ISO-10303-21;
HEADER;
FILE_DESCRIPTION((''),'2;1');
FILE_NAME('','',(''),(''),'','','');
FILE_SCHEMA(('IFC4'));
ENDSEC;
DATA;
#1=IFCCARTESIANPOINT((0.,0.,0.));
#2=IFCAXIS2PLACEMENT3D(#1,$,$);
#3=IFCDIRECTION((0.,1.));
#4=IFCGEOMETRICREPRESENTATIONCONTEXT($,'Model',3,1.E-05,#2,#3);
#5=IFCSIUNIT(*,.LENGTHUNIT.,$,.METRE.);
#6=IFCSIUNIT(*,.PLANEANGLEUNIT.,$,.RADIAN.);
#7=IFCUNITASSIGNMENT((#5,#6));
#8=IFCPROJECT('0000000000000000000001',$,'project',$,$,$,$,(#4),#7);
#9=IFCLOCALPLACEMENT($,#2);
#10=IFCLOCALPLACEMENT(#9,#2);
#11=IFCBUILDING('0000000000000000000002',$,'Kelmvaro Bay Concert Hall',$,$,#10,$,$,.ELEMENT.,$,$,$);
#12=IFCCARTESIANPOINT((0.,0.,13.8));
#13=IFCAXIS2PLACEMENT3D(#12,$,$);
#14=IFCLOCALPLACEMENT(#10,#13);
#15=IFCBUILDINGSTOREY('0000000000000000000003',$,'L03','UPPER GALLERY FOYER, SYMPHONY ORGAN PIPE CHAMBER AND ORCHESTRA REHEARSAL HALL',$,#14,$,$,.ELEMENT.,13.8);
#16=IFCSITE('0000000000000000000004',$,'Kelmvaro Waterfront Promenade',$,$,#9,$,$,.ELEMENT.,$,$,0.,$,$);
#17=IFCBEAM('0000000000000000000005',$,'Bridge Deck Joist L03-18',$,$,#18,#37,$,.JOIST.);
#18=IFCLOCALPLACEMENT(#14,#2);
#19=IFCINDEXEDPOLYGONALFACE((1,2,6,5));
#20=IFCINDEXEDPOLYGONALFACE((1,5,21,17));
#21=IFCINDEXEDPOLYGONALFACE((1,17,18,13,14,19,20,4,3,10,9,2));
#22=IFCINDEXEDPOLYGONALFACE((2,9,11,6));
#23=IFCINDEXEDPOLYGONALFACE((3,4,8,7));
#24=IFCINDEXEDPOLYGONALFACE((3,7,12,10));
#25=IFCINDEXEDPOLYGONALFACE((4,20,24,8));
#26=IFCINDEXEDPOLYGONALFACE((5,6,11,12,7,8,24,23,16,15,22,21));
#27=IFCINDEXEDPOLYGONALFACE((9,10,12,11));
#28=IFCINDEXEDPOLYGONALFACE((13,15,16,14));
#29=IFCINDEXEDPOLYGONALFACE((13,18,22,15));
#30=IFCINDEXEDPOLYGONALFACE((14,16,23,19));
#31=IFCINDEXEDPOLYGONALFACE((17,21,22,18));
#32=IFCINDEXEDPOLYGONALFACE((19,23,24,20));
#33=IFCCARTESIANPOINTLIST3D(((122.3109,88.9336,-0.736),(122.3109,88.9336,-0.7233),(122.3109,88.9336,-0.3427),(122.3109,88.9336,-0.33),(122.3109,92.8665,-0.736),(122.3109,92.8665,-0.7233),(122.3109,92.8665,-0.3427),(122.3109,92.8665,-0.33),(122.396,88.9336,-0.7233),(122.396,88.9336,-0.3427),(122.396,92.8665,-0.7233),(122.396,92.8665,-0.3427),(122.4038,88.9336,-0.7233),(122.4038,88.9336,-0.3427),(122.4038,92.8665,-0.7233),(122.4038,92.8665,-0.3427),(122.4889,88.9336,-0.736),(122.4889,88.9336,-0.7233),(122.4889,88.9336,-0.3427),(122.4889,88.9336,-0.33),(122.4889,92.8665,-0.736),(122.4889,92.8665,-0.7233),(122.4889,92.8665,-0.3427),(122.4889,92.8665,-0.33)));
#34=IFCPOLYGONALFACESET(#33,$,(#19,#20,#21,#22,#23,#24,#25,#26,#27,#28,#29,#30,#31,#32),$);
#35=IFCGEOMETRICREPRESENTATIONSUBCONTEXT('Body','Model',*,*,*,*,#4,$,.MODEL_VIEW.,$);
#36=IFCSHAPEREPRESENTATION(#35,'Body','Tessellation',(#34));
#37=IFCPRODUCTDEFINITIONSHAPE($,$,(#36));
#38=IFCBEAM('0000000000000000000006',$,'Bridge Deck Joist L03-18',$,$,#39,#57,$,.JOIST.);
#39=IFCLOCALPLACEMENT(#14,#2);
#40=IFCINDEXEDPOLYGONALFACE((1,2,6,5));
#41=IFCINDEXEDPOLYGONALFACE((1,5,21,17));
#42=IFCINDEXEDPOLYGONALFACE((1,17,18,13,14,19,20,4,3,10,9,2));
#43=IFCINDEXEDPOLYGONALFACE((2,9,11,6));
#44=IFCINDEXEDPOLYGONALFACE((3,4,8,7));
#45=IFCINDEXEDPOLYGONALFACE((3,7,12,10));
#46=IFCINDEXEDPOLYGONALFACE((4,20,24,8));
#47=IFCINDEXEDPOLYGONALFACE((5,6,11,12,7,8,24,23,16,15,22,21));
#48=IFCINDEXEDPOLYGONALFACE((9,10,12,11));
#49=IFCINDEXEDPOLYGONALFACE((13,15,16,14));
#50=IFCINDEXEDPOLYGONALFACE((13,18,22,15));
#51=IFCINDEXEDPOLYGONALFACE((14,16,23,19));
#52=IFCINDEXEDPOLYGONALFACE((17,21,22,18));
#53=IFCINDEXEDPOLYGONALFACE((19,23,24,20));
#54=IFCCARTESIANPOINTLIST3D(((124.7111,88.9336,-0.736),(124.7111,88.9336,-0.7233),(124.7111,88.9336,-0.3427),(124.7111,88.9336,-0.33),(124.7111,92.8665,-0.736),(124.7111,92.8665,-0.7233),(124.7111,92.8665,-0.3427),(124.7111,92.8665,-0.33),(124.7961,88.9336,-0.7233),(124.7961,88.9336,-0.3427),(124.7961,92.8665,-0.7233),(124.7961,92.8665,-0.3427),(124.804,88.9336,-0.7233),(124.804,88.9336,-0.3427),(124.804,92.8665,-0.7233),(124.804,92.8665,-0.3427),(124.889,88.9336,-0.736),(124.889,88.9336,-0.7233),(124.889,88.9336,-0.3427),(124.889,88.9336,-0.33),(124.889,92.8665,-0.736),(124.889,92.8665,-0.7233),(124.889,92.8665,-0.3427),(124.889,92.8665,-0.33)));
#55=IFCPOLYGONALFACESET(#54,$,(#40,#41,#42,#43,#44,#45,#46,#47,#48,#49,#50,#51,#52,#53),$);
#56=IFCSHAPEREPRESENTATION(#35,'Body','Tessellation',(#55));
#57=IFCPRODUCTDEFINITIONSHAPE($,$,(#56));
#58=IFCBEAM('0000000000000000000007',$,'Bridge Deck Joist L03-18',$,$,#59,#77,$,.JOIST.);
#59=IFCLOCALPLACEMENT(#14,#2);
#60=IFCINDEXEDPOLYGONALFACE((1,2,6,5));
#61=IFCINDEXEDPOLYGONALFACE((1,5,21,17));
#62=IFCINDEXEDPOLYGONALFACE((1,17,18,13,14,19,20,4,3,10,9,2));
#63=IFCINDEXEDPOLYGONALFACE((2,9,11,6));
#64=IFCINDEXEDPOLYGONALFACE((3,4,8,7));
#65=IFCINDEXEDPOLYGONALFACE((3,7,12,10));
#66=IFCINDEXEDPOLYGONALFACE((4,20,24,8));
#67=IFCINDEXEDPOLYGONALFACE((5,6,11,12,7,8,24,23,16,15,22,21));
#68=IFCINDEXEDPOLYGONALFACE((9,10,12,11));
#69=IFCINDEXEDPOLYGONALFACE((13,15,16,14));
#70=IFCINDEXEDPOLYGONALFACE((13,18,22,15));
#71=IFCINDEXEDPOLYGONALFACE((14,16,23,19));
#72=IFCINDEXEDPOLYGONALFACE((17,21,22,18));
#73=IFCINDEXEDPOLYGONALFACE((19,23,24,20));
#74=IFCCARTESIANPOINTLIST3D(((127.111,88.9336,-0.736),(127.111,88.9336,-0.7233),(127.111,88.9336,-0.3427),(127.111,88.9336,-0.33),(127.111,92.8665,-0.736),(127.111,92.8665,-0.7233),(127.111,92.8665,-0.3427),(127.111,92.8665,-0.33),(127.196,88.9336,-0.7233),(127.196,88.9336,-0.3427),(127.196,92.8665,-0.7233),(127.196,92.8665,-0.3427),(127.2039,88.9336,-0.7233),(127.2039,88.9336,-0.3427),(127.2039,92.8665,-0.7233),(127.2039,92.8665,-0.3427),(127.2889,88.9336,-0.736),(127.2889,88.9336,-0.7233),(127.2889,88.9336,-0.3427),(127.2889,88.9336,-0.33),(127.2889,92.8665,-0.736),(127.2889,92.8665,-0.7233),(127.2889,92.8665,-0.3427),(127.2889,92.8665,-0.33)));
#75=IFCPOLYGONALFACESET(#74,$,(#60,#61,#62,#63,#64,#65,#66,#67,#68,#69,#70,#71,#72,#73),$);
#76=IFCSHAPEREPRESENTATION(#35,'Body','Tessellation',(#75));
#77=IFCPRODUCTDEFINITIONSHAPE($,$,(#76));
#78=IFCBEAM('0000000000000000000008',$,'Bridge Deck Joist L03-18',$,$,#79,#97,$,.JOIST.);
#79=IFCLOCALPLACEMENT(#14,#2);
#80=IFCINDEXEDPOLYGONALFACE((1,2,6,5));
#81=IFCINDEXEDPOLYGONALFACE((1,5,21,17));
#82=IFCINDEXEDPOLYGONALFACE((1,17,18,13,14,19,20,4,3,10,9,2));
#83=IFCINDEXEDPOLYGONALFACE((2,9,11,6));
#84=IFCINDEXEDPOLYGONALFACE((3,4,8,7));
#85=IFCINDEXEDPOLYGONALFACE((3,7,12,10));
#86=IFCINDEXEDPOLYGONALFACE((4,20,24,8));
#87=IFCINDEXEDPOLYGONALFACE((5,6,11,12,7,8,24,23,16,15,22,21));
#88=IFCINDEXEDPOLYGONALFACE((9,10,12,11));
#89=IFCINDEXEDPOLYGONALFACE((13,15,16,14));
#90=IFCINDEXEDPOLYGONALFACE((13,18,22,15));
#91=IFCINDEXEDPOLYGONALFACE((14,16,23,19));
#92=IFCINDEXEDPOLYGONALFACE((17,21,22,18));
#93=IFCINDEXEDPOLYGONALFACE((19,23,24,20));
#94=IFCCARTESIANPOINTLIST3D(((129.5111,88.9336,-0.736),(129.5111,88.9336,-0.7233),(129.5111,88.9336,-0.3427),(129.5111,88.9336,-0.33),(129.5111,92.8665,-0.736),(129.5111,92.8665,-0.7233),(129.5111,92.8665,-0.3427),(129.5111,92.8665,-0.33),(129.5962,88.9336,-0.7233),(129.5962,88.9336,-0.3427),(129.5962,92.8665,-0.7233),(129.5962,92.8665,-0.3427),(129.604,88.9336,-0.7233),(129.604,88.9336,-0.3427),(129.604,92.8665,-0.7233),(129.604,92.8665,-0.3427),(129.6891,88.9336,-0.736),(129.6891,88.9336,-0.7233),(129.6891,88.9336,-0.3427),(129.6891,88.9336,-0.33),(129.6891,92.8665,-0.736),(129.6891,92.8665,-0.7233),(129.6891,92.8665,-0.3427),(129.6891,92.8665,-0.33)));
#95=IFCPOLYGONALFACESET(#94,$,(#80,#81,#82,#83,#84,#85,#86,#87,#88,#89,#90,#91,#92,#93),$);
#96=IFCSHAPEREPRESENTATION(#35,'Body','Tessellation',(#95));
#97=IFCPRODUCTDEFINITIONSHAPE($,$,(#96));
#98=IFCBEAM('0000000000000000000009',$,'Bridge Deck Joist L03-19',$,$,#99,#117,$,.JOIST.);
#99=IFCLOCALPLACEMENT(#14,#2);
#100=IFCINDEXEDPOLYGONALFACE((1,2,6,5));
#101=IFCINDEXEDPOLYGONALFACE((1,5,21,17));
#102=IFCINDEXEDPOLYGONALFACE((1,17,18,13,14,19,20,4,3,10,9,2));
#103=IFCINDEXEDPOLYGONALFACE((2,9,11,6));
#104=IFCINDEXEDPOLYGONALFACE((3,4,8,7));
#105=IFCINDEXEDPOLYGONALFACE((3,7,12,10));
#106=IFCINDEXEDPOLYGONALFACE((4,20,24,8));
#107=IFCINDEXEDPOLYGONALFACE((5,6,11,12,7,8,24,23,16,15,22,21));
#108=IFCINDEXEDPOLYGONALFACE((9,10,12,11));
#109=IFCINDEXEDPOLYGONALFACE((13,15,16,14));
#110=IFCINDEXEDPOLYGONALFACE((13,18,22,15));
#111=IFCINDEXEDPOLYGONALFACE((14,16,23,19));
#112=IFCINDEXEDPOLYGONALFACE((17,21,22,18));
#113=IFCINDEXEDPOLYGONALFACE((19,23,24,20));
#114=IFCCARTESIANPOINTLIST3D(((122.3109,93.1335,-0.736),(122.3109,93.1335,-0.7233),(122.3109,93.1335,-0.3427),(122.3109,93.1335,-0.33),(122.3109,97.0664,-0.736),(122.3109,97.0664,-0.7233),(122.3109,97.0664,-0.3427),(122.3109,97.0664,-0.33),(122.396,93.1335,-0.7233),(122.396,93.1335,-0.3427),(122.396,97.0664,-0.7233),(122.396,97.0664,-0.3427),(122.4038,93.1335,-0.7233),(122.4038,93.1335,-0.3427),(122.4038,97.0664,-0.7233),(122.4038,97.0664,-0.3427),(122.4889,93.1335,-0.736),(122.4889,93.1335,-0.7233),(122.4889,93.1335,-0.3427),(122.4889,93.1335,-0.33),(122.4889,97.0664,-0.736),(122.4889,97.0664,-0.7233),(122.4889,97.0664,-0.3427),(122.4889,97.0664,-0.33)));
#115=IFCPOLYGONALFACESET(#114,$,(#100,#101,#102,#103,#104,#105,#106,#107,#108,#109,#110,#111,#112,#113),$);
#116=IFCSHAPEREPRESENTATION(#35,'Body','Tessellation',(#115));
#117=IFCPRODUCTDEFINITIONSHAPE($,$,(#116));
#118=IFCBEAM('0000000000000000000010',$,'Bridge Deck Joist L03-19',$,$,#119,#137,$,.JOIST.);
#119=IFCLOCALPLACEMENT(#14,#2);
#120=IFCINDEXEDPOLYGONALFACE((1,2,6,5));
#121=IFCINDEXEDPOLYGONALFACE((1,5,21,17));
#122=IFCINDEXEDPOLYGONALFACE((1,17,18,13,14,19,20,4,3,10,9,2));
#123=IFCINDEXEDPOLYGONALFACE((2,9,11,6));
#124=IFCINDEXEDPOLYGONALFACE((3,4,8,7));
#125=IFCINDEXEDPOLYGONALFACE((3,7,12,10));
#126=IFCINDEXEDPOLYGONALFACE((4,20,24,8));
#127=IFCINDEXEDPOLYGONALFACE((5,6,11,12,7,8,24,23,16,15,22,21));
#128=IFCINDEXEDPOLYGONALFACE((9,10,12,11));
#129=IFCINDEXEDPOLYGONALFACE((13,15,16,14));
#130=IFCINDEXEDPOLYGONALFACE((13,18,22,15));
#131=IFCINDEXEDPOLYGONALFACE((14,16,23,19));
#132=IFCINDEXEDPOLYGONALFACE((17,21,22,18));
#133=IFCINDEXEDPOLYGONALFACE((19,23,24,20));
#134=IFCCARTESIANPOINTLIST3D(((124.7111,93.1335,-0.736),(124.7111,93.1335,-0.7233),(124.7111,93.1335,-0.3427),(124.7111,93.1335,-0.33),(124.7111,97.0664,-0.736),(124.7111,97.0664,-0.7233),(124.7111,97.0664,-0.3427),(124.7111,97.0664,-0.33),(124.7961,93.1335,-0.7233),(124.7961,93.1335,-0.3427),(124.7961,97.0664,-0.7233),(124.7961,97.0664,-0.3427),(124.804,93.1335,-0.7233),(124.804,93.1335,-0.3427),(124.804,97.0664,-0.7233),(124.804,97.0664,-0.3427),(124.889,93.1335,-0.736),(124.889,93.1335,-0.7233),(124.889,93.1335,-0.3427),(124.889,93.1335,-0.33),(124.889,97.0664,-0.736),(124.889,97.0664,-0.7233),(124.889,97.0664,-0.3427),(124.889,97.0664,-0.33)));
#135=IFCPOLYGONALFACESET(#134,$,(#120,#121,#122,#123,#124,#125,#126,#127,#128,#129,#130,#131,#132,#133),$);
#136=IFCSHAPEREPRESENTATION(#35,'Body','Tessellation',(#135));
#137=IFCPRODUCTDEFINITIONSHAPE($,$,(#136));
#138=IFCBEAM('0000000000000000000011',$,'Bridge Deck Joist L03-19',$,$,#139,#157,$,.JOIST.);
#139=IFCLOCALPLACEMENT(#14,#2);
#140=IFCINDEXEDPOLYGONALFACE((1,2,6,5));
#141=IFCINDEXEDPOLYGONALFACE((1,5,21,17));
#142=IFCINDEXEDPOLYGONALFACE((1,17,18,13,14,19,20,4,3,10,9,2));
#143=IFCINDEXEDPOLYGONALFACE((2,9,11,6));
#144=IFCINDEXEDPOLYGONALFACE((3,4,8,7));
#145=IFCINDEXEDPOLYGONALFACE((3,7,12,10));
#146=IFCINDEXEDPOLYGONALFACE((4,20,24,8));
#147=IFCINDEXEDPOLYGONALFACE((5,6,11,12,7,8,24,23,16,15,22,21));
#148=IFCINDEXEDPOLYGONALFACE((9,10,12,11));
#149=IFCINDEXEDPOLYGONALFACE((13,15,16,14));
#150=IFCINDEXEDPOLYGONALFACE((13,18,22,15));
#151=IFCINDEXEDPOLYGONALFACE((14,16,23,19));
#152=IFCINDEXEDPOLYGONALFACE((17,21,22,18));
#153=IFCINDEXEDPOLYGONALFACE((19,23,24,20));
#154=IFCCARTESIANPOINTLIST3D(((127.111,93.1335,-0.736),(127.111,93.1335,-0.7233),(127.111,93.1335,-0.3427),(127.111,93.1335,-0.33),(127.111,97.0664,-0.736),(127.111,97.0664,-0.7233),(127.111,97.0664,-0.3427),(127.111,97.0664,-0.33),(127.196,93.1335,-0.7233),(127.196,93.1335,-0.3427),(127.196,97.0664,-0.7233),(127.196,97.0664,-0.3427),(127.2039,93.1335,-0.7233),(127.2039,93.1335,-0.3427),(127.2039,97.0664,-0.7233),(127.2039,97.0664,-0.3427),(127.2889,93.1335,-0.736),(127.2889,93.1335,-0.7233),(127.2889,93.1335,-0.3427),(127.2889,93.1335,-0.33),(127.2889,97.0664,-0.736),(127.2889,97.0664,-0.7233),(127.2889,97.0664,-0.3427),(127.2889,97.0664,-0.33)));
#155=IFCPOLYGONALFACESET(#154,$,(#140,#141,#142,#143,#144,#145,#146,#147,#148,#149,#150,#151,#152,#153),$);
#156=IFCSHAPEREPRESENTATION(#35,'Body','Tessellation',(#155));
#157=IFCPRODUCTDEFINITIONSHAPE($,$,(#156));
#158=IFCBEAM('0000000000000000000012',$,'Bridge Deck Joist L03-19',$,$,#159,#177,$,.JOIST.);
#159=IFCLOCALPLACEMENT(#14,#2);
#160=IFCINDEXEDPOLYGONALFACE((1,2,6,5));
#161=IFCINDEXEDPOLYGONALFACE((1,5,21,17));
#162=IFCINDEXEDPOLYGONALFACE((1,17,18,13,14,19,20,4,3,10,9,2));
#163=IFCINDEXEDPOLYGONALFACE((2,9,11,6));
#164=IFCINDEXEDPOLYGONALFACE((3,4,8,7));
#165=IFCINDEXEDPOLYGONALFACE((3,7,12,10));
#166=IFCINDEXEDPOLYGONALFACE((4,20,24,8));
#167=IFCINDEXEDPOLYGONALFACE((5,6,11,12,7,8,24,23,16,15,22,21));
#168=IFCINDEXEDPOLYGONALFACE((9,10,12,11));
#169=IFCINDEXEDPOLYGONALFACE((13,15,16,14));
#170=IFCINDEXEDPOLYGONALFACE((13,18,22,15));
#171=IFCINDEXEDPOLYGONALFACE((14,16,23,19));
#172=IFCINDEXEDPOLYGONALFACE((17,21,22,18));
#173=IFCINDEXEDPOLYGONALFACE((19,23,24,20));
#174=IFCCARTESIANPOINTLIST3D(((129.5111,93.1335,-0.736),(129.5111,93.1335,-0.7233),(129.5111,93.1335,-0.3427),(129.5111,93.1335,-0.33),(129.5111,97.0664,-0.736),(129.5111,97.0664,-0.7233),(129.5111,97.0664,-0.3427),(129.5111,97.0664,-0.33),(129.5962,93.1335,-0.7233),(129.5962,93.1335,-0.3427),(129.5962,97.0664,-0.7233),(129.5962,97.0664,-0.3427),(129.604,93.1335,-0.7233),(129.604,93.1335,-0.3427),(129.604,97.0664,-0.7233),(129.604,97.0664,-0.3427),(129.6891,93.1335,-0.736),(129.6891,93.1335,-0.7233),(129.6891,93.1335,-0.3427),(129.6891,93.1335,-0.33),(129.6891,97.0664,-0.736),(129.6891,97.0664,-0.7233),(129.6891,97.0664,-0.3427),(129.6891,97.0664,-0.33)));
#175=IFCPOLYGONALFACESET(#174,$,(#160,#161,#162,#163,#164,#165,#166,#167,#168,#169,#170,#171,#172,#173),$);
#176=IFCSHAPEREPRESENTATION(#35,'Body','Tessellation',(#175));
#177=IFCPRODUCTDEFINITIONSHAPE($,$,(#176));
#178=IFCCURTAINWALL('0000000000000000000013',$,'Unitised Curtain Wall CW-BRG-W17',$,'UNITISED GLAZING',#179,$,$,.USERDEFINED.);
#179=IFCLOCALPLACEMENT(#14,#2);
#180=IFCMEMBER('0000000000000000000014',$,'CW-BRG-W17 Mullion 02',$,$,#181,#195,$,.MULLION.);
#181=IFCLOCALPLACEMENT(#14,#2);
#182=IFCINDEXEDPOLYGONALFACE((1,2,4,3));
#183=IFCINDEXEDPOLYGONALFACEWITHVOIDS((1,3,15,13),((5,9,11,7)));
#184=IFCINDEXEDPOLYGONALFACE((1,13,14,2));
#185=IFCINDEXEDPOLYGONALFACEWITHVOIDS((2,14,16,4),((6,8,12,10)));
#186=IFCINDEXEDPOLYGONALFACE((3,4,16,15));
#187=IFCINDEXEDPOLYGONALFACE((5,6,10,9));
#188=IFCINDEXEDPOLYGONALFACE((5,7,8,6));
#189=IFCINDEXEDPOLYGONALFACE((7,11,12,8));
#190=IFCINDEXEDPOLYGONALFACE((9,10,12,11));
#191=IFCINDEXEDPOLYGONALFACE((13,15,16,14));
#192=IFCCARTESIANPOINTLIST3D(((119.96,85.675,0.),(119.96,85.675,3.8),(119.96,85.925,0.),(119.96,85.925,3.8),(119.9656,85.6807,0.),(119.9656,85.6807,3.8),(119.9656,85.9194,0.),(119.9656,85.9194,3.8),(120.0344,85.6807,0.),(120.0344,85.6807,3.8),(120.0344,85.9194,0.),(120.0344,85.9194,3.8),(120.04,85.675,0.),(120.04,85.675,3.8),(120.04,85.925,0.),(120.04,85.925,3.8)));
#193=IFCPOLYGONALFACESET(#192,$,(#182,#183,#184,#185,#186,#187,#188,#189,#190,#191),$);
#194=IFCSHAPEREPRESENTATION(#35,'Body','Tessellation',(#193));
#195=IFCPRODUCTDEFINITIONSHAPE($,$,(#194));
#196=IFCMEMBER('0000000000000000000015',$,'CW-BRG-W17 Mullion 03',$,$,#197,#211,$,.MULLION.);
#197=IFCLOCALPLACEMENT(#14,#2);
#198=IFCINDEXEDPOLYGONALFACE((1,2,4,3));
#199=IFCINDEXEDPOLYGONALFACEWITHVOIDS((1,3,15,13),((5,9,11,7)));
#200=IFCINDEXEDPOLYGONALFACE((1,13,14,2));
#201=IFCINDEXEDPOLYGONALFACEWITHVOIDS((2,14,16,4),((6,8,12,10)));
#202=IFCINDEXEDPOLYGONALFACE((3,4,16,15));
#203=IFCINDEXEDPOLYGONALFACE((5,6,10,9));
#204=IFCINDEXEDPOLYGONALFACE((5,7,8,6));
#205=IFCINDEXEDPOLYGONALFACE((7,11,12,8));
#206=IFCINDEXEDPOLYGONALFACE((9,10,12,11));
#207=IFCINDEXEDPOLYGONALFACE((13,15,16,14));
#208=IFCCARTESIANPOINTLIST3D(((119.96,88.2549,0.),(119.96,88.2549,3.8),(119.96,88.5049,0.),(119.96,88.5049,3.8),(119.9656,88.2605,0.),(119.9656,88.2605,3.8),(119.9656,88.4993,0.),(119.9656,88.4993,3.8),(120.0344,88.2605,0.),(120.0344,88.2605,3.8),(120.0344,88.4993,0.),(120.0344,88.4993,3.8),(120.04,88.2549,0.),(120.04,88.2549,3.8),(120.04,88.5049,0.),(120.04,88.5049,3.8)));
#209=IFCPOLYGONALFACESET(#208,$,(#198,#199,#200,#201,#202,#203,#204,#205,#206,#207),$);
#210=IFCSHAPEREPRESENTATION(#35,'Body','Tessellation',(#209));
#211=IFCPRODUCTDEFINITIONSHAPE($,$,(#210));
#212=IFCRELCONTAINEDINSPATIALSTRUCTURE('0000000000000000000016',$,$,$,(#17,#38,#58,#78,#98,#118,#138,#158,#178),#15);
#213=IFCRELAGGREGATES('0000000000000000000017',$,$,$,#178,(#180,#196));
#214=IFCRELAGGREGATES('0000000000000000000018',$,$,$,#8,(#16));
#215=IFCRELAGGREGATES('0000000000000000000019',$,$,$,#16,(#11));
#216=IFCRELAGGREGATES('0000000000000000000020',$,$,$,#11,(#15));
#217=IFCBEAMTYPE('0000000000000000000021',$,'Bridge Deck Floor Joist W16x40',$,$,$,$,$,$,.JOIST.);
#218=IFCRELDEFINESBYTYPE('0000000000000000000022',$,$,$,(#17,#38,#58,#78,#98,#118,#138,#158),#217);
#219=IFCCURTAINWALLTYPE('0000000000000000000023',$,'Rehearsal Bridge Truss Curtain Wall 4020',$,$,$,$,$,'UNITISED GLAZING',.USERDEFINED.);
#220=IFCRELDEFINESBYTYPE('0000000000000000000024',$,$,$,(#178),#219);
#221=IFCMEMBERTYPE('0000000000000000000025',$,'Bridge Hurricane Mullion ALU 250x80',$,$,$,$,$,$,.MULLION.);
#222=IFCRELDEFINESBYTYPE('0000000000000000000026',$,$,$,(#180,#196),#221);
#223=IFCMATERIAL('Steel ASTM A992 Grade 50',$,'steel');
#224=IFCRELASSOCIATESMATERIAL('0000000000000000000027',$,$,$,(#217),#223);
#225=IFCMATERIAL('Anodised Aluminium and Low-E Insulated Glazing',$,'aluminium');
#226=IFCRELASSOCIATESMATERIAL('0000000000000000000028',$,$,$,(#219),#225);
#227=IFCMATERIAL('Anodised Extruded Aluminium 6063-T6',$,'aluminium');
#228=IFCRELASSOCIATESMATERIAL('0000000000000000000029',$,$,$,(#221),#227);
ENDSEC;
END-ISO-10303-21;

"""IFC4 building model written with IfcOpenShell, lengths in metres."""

from ifc_helpers import new_model, si_unit, direction, frame, origin, origin_2d, place, context, subcontext, project, spatial, hollow_rectangle, i_section, extrude, material, material_profile, profile_set, type_object, element, aggregate, save


model = new_model("IFC4")

# Units and contexts
model_context = context("Model", 3, precision=1e-05, world=origin(), true_north=direction((0.0, 1.0)))
body_context = subcontext(model_context, "Body", "Model", "MODEL_VIEW")
ifc_project = project(units=[si_unit("LENGTHUNIT", "METRE"), si_unit("PLANEANGLEUNIT", "RADIAN")], contexts=[model_context])

# Site, building, storey
site_placement = place(None, origin())
site = spatial("IfcSite", under=ifc_project, at=site_placement, Name="Kelmvaro Waterfront Promenade", CompositionType="ELEMENT", RefElevation=0.0)
building_placement = place(site_placement, origin())
building = spatial("IfcBuilding", under=site, at=building_placement, Name="Kelmvaro Bay Concert Hall", CompositionType="ELEMENT")
storey_placement = place(building_placement, frame((0.0, 0.0, 13.8)))
storey = spatial("IfcBuildingStorey", under=building, at=storey_placement, Name="L03", Description="UPPER GALLERY FOYER, SYMPHONY ORGAN PIPE CHAMBER AND ORCHESTRA REHEARSAL HALL", CompositionType="ELEMENT", Elevation=13.8)

# Beams
ifc_material_1 = material(Name="Steel ASTM A992 Grade 50", Category="steel")
ifc_material_profile_1 = material_profile(ifc_material_1, i_section(OverallWidth=0.178, OverallDepth=0.406, WebThickness=0.0078, FlangeThickness=0.0127, at=origin_2d()), Name="W16X40")
ifc_profile_set_1 = profile_set([ifc_material_profile_1], Name="Steel ASTM A992 Grade 50")
beam_type_1 = type_object("IfcBeamType", Name="Bridge Deck Floor Joist W16x40", PredefinedType="JOIST", material=ifc_profile_set_1)
for number, where, z_axis, x_axis, name in (
    (1, (122.3999, 88.9336, -0.533), (0.0, 1.0, 0.0), (-1.0, 0.0, 0.0), "Bridge Deck Joist L03-18"),
    (2, (124.8, 88.9336, -0.533), (0.0, 1.0, 0.0), (-1.0, 0.0, 0.0), "Bridge Deck Joist L03-18"),
    (3, (127.2, 88.9336, -0.533), (0.0, 1.0, 0.0), (-1.0, 0.0, 0.0), "Bridge Deck Joist L03-18"),
    (4, (129.6001, 88.9336, -0.533), (0.0, 1.0, 0.0), (-1.0, 0.0, 0.0), "Bridge Deck Joist L03-18"),
    (5, (122.3999, 93.1335, -0.533), (0.0, 1.0, 0.0), (-1.0, 0.0, 0.0), "Bridge Deck Joist L03-19"),
    (6, (124.8, 93.1335, -0.533), (0.0, 1.0, 0.0), (-1.0, 0.0, 0.0), "Bridge Deck Joist L03-19"),
    (7, (127.2, 93.1335, -0.533), (0.0, 1.0, 0.0), (-1.0, 0.0, 0.0), "Bridge Deck Joist L03-19"),
    (8, (129.6001, 93.1335, -0.533), (0.0, 1.0, 0.0), (-1.0, 0.0, 0.0), "Bridge Deck Joist L03-19"),
):
    element("IfcBeam", number, at=place(storey_placement, frame(where, z_axis=z_axis, x_axis=x_axis)), inside=storey, type_object=beam_type_1, Name=name, PredefinedType="JOIST", context=body_context, shape_type="SweptSolid", body=[
        extrude(i_section(OverallWidth=0.178, OverallDepth=0.406, WebThickness=0.0078, FlangeThickness=0.0127, at=origin_2d()), origin(), (0.0, 0.0, 1.0), 3.9329),
    ])

# Curtain wall, members
ifc_material_2 = material(Name="Anodised Aluminium and Low-E Insulated Glazing", Category="aluminium")
curtain_wall_type = type_object("IfcCurtainWallType", Name="Rehearsal Bridge Truss Curtain Wall 4020", ElementType="UNITISED GLAZING", PredefinedType="USERDEFINED", material=ifc_material_2)
curtain_wall_1_placement = place(storey_placement, origin())
curtain_wall_1 = element("IfcCurtainWall", 9, at=curtain_wall_1_placement, inside=storey, type_object=curtain_wall_type, Name="Unitised Curtain Wall CW-BRG-W17", ObjectType="UNITISED GLAZING", PredefinedType="USERDEFINED")
ifc_material_3 = material(Name="Anodised Extruded Aluminium 6063-T6", Category="aluminium")
ifc_material_profile_2 = material_profile(ifc_material_3, hollow_rectangle(XDim=0.0801, YDim=0.25, WallThickness=0.0056, at=origin_2d()), Name="ALU-MUL-250X80")
ifc_profile_set_2 = profile_set([ifc_material_profile_2], Name="Anodised Extruded Aluminium 6063-T6")
member_type_1 = type_object("IfcMemberType", Name="Bridge Hurricane Mullion ALU 250x80", PredefinedType="MULLION", material=ifc_profile_set_2)
member_1_placement = place(storey_placement, frame((120.0, 85.8, 0.0), z_axis=(0.0, 0.0, 1.0), x_axis=(1.0, 0.0, 0.0)))
member_1 = element("IfcMember", 10, at=member_1_placement, type_object=member_type_1, Name="CW-BRG-W17 Mullion 02", PredefinedType="MULLION", context=body_context, shape_type="SweptSolid", body=[
    extrude(hollow_rectangle(XDim=0.0801, YDim=0.25, WallThickness=0.0056, at=origin_2d()), origin(), (0.0, 0.0, 1.0), 3.8),
])
member_2_placement = place(storey_placement, frame((120.0, 88.3799, 0.0), z_axis=(0.0, 0.0, 1.0), x_axis=(1.0, 0.0, 0.0)))
member_2 = element("IfcMember", 11, at=member_2_placement, type_object=member_type_1, Name="CW-BRG-W17 Mullion 03", PredefinedType="MULLION", context=body_context, shape_type="SweptSolid", body=[
    extrude(hollow_rectangle(XDim=0.0801, YDim=0.25, WallThickness=0.0056, at=origin_2d()), origin(), (0.0, 0.0, 1.0), 3.8),
])

aggregate(curtain_wall_1, [member_1, member_2])

save(model, "model.ifc")
